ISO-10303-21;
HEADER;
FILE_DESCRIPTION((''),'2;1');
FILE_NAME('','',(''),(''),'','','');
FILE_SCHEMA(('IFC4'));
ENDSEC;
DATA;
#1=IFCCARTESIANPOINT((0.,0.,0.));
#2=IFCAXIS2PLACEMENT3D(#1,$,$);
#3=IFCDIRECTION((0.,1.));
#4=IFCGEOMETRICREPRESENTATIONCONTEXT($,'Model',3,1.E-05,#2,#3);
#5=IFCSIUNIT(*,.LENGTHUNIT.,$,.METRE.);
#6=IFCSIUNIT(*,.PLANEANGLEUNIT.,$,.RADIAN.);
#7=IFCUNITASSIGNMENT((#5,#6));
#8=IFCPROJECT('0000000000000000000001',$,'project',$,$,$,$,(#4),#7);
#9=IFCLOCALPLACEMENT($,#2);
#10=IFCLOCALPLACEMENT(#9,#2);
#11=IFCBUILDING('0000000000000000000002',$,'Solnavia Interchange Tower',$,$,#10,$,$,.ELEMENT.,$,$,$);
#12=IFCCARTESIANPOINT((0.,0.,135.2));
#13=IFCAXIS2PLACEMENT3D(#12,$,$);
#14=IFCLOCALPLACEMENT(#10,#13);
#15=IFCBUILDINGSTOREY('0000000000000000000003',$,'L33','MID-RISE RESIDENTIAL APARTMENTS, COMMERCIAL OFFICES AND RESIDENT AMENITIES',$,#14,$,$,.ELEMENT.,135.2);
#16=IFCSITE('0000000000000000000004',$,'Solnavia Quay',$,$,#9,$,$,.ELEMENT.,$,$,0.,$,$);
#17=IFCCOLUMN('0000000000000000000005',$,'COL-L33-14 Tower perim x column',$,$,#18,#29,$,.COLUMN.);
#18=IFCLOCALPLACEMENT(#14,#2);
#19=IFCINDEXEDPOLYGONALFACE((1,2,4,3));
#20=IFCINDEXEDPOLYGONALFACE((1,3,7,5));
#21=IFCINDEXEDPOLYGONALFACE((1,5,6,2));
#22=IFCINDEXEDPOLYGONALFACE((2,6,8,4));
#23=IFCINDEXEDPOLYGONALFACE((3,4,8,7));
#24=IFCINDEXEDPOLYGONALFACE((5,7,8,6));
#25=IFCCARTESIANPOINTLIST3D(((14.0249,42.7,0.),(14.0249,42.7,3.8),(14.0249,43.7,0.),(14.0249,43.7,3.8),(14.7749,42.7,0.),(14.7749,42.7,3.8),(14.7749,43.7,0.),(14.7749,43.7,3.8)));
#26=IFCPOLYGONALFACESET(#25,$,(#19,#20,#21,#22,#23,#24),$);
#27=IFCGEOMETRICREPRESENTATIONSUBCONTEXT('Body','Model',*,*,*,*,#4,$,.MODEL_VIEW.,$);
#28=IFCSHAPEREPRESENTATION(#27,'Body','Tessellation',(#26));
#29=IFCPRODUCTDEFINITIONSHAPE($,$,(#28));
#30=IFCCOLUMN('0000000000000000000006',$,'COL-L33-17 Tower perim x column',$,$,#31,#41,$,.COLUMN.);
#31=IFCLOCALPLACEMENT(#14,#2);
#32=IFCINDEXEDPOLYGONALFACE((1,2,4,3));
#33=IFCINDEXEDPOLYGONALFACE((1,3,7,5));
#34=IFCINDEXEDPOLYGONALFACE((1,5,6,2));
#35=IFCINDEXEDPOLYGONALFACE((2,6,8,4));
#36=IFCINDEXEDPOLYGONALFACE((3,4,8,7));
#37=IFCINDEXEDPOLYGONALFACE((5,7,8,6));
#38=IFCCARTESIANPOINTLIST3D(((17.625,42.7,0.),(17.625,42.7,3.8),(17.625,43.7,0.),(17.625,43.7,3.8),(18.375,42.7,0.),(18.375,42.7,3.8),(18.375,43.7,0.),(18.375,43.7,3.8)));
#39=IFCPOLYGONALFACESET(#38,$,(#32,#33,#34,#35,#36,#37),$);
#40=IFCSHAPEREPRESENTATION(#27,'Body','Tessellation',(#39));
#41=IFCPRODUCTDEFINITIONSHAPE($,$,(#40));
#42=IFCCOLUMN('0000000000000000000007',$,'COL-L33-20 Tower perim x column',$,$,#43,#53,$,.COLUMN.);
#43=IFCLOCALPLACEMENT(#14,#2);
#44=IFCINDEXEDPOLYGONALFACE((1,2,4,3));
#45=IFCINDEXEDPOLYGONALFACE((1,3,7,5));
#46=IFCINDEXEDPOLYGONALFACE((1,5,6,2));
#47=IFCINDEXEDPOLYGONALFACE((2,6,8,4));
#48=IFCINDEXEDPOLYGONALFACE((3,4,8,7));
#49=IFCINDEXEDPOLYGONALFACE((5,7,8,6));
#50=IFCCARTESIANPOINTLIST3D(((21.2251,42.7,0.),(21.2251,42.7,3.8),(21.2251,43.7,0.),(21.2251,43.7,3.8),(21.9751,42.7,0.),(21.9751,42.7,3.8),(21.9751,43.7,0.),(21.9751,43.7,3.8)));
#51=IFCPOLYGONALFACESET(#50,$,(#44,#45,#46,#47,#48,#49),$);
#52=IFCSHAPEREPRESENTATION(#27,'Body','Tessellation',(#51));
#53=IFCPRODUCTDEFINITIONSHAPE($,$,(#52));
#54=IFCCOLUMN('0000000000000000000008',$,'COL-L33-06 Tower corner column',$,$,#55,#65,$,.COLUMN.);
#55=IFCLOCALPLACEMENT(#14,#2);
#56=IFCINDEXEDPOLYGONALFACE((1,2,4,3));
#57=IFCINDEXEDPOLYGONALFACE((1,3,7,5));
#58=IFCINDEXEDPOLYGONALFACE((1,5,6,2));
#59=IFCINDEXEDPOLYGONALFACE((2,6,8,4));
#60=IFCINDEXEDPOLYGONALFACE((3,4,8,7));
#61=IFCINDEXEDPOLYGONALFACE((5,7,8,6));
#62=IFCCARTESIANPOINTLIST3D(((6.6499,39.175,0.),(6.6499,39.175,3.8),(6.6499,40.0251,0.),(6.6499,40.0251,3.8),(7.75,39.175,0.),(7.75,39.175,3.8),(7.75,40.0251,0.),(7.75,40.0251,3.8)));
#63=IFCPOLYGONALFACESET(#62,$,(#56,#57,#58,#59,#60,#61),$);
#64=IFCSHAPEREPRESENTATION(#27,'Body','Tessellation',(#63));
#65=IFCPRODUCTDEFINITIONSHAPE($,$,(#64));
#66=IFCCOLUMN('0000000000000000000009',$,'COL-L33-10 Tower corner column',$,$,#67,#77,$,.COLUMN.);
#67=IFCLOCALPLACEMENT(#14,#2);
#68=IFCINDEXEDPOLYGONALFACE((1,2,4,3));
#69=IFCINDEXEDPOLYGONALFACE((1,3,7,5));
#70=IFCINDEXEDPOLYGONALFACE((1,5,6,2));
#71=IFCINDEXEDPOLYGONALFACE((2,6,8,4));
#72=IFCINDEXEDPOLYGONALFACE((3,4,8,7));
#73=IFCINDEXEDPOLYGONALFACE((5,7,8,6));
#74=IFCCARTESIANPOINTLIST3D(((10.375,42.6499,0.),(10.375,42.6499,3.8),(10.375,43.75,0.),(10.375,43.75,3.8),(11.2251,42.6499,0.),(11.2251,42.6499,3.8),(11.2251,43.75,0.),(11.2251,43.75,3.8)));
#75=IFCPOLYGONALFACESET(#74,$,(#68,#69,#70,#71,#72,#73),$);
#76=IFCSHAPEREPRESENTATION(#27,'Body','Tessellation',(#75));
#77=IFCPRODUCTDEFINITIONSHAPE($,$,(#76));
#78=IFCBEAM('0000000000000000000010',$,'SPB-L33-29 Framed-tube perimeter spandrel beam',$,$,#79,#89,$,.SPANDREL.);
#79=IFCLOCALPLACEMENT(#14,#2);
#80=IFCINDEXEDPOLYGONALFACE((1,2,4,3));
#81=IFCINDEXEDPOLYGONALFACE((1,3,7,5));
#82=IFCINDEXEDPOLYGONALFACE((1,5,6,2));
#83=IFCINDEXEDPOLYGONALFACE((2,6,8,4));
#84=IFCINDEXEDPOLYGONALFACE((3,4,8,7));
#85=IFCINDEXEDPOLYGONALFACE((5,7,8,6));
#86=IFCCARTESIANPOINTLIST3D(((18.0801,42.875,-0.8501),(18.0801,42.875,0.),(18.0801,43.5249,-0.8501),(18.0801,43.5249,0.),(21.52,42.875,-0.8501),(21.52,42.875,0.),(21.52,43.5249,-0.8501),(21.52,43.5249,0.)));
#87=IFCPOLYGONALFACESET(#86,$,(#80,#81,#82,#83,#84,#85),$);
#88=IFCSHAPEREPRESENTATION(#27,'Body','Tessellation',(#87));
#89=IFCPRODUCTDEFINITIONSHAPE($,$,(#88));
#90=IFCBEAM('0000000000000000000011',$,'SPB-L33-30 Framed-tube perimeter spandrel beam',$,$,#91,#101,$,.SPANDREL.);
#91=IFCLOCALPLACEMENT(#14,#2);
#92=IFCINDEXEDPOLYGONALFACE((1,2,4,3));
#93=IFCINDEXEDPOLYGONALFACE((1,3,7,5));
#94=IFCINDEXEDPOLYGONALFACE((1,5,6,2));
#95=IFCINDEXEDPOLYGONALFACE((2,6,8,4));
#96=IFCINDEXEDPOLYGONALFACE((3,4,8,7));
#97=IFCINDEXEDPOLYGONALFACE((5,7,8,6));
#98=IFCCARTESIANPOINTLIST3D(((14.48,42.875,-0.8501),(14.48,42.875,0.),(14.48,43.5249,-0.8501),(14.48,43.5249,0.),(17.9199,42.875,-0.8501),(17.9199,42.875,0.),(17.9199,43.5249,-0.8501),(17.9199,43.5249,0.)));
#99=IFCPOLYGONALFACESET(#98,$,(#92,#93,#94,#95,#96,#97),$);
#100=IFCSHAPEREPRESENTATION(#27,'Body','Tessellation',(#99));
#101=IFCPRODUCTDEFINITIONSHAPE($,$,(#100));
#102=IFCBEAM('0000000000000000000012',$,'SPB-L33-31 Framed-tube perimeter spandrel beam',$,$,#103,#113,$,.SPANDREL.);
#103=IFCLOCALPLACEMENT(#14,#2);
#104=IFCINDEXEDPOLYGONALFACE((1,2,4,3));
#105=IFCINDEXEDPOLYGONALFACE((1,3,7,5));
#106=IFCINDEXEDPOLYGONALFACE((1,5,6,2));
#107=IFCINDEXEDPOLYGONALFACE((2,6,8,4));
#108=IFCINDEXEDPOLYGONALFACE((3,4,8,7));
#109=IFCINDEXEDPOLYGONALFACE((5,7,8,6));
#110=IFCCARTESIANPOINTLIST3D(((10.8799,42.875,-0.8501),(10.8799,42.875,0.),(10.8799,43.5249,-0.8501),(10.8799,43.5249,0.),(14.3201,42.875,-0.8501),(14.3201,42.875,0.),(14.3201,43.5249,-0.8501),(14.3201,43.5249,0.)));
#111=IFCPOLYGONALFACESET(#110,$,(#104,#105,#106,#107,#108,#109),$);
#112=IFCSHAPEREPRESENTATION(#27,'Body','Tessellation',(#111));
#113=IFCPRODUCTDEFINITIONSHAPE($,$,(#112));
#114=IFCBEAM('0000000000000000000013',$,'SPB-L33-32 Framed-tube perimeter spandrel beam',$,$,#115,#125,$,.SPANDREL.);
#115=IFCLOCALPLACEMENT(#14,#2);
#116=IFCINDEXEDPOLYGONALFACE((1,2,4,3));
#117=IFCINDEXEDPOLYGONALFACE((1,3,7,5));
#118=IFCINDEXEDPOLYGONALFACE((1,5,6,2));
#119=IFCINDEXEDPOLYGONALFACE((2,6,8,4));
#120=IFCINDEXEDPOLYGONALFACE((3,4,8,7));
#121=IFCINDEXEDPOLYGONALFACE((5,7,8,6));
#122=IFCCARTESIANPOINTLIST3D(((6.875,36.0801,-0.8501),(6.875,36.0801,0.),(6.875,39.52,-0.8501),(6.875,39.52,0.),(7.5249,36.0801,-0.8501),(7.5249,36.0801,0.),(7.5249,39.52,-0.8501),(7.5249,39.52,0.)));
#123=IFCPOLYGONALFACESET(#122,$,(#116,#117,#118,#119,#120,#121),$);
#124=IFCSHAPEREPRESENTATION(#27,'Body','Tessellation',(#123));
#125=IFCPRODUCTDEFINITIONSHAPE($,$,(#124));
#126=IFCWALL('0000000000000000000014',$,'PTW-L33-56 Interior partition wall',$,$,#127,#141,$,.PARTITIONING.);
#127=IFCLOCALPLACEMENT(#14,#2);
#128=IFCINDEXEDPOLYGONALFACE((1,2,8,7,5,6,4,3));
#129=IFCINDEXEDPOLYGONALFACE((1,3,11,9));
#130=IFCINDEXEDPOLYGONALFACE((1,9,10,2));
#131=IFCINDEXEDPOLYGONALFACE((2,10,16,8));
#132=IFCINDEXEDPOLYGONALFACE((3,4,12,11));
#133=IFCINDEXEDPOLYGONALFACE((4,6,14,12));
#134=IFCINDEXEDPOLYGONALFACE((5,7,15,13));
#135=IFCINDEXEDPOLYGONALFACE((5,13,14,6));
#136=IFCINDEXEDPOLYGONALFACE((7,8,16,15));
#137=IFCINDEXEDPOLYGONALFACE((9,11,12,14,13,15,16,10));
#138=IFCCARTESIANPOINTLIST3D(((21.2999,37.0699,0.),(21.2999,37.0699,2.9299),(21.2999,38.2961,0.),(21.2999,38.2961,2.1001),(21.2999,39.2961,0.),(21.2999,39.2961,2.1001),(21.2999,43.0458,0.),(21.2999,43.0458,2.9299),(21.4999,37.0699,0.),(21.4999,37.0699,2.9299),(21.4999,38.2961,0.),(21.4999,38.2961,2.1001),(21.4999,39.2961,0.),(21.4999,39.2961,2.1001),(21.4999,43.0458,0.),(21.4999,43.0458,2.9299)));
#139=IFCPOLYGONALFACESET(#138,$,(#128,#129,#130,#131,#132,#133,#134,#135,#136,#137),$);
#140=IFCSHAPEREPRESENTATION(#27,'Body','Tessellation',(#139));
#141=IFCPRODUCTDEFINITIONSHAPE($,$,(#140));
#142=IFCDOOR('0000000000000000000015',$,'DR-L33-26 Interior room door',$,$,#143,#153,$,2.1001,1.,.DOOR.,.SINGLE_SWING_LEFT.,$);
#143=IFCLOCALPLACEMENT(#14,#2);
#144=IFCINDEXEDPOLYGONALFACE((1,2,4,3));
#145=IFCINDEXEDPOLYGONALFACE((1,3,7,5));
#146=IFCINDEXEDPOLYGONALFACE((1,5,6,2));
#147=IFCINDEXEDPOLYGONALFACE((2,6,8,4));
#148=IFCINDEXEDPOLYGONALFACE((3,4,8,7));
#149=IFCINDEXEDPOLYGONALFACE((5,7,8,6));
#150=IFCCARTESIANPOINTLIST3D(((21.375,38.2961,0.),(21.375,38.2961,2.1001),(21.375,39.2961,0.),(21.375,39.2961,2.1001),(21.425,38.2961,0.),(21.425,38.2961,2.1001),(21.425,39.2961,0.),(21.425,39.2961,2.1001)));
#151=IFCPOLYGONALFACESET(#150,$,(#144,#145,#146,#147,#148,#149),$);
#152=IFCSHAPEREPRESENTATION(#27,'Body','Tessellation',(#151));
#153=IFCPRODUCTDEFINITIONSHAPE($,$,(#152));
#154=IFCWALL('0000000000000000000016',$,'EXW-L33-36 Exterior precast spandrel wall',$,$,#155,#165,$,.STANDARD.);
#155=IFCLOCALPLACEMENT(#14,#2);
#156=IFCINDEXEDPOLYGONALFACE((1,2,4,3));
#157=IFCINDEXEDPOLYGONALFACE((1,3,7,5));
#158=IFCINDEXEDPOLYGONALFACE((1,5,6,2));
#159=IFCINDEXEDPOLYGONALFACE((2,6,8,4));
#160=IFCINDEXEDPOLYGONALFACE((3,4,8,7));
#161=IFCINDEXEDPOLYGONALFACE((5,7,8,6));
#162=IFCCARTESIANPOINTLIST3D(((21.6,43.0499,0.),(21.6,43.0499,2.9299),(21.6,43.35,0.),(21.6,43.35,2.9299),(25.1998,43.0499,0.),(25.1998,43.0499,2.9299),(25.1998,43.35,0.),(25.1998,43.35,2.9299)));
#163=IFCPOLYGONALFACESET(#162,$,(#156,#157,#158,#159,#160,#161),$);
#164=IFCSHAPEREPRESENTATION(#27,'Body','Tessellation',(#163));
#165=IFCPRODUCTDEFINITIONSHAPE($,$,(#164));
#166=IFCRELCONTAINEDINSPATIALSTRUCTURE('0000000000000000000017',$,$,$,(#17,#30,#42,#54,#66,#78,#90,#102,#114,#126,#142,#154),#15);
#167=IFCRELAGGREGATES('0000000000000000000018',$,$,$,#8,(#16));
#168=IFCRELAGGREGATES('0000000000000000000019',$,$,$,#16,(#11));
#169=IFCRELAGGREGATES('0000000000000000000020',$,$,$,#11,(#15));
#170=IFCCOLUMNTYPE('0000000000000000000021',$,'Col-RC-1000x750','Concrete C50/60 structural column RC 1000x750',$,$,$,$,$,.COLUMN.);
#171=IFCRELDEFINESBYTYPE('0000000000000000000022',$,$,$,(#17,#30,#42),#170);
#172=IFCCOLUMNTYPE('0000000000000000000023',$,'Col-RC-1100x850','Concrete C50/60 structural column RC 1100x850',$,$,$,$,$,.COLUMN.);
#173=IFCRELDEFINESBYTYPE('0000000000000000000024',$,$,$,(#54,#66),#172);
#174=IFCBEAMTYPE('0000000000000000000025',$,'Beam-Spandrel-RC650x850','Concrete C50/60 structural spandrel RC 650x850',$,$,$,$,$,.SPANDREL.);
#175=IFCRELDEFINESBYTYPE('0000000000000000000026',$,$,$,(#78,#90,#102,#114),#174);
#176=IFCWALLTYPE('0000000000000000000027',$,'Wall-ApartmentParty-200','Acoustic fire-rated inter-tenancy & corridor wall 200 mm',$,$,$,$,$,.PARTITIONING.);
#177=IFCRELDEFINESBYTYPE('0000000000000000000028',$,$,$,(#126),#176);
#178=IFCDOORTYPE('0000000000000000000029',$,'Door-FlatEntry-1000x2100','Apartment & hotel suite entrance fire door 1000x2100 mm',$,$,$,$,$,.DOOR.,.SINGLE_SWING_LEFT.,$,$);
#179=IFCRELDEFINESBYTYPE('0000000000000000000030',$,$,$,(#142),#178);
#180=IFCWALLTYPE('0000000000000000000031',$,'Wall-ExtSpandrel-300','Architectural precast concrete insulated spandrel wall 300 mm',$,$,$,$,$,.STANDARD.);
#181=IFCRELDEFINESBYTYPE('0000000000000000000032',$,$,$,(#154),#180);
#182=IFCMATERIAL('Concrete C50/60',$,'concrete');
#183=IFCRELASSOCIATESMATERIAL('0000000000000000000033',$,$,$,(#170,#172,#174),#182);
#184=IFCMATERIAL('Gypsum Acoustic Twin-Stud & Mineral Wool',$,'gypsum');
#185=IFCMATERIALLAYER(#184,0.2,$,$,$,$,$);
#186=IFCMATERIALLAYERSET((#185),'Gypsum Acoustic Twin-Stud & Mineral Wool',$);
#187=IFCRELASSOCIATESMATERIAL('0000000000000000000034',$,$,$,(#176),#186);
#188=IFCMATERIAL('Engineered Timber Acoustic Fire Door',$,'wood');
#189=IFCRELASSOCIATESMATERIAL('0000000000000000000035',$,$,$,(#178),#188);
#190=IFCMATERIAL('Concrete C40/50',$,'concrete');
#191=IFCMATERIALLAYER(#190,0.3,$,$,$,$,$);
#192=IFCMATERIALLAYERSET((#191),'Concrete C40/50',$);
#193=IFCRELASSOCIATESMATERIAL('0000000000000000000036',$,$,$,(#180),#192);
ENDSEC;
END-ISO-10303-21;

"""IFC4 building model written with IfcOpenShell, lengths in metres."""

from ifc_helpers import new_model, si_unit, direction, frame, frame_2d, origin, origin_2d, place, context, subcontext, project, spatial, rectangle, extrude, material, layer, layer_set, material_profile, profile_set, type_object, element, fill, save


model = new_model("IFC4")

# Units and contexts
model_context = context("Model", 3, precision=1e-05, world=origin(), true_north=direction((0.0, 1.0)))
body_context = subcontext(model_context, "Body", "Model", "MODEL_VIEW")
ifc_project = project(units=[si_unit("LENGTHUNIT", "METRE"), si_unit("PLANEANGLEUNIT", "RADIAN")], contexts=[model_context])

# Site, building, storey
site_placement = place(None, origin())
site = spatial("IfcSite", under=ifc_project, at=site_placement, Name="Solnavia Quay", CompositionType="ELEMENT", RefElevation=0.0)
building_placement = place(site_placement, origin())
building = spatial("IfcBuilding", under=site, at=building_placement, Name="Solnavia Interchange Tower", CompositionType="ELEMENT")
storey_placement = place(building_placement, frame((0.0, 0.0, 135.2)))
storey = spatial("IfcBuildingStorey", under=building, at=storey_placement, Name="L33", Description="MID-RISE RESIDENTIAL APARTMENTS, COMMERCIAL OFFICES AND RESIDENT AMENITIES", CompositionType="ELEMENT", Elevation=135.2)

# Columns
ifc_material_1 = material(Name="Concrete C50/60", Category="concrete")
ifc_material_profile_1 = material_profile(ifc_material_1, rectangle(XDim=0.75, YDim=1.0, at=origin_2d()), Name="RC 1000x750")
ifc_profile_set_1 = profile_set([ifc_material_profile_1], Name="Concrete C50/60")
column_type_1 = type_object("IfcColumnType", Name="Col-RC-1000x750", Description="Concrete C50/60 structural column RC 1000x750", PredefinedType="COLUMN", material=ifc_profile_set_1)
for number, where, z_axis, x_axis, name in (
    (1, (14.3999, 43.2, 0.0), (0.0, 0.0, 1.0), (1.0, 0.0, 0.0), "COL-L33-14 Tower perim x column"),
    (2, (18.0, 43.2, 0.0), (0.0, 0.0, 1.0), (1.0, 0.0, 0.0), "COL-L33-17 Tower perim x column"),
    (3, (21.6001, 43.2, 0.0), (0.0, 0.0, 1.0), (1.0, 0.0, 0.0), "COL-L33-20 Tower perim x column"),
):
    element("IfcColumn", number, at=place(storey_placement, frame(where, z_axis=z_axis, x_axis=x_axis)), inside=storey, type_object=column_type_1, Name=name, PredefinedType="COLUMN", context=body_context, shape_type="SweptSolid", body=[
        extrude(rectangle(XDim=0.75, YDim=1.0, at=origin_2d()), origin(), (0.0, 0.0, 1.0), 3.8),
    ])
ifc_material_profile_2 = material_profile(ifc_material_1, rectangle(XDim=0.8501, YDim=1.1001, at=origin_2d()), Name="RC 1100x850")
ifc_profile_set_2 = profile_set([ifc_material_profile_2], Name="Concrete C50/60")
column_type_2 = type_object("IfcColumnType", Name="Col-RC-1100x850", Description="Concrete C50/60 structural column RC 1100x850", PredefinedType="COLUMN", material=ifc_profile_set_2)
for number, where, z_axis, x_axis, name in (
    (4, (7.2, 39.6001, 0.0), (0.0, 0.0, 1.0), (0.0, 1.0, 0.0), "COL-L33-06 Tower corner column"),
    (5, (10.8, 43.2, 0.0), (0.0, 0.0, 1.0), (1.0, 0.0, 0.0), "COL-L33-10 Tower corner column"),
):
    element("IfcColumn", number, at=place(storey_placement, frame(where, z_axis=z_axis, x_axis=x_axis)), inside=storey, type_object=column_type_2, Name=name, PredefinedType="COLUMN", context=body_context, shape_type="SweptSolid", body=[
        extrude(rectangle(XDim=0.8501, YDim=1.1001, at=origin_2d()), origin(), (0.0, 0.0, 1.0), 3.8),
    ])

# Beams
ifc_material_profile_3 = material_profile(ifc_material_1, rectangle(XDim=0.6499, YDim=0.8501, at=origin_2d()), Name="RC 650x850")
ifc_profile_set_3 = profile_set([ifc_material_profile_3], Name="Concrete C50/60")
beam_type = type_object("IfcBeamType", Name="Beam-Spandrel-RC650x850", Description="Concrete C50/60 structural spandrel RC 650x850", PredefinedType="SPANDREL", material=ifc_profile_set_3)
for number, where, z_axis, x_axis, name in (
    (6, (21.52, 43.2, -0.425), (-1.0, 0.0, 0.0), (0.0, -1.0, 0.0), "SPB-L33-29 Framed-tube perimeter spandrel beam"),
    (7, (17.9199, 43.2, -0.425), (-1.0, 0.0, 0.0), (0.0, -1.0, 0.0), "SPB-L33-30 Framed-tube perimeter spandrel beam"),
):
    element("IfcBeam", number, at=place(storey_placement, frame(where, z_axis=z_axis, x_axis=x_axis)), inside=storey, type_object=beam_type, Name=name, PredefinedType="SPANDREL", context=body_context, shape_type="SweptSolid", body=[
        extrude(rectangle(XDim=0.6499, YDim=0.8501, at=origin_2d()), origin(), (0.0, 0.0, 1.0), 3.4399),
    ])
beam_1_placement = place(storey_placement, frame((14.3201, 43.2, -0.425), z_axis=(-1.0, 0.0, 0.0), x_axis=(0.0, -1.0, 0.0)))
element("IfcBeam", 8, at=beam_1_placement, inside=storey, type_object=beam_type, Name="SPB-L33-31 Framed-tube perimeter spandrel beam", PredefinedType="SPANDREL", context=body_context, shape_type="SweptSolid", body=[
    extrude(rectangle(XDim=0.6499, YDim=0.8501, at=origin_2d()), origin(), (0.0, 0.0, 1.0), 3.4402),
])
beam_2_placement = place(storey_placement, frame((7.2, 39.52, -0.425), z_axis=(0.0, -1.0, 0.0), x_axis=(1.0, 0.0, 0.0)))
element("IfcBeam", 9, at=beam_2_placement, inside=storey, type_object=beam_type, Name="SPB-L33-32 Framed-tube perimeter spandrel beam", PredefinedType="SPANDREL", context=body_context, shape_type="SweptSolid", body=[
    extrude(rectangle(XDim=0.6499, YDim=0.8501, at=origin_2d()), origin(), (0.0, 0.0, 1.0), 3.4399),
])

# Wall, opening, door
ifc_material_2 = material(Name="Gypsum Acoustic Twin-Stud & Mineral Wool", Category="gypsum")
ifc_layer_1 = layer(ifc_material_2, 0.2)
ifc_layer_set_1 = layer_set([ifc_layer_1], Name="Gypsum Acoustic Twin-Stud & Mineral Wool")
wall_type_1 = type_object("IfcWallType", Name="Wall-ApartmentParty-200", Description="Acoustic fire-rated inter-tenancy & corridor wall 200 mm", PredefinedType="PARTITIONING", material=ifc_layer_set_1)
wall_1_placement = place(storey_placement, frame((21.3999, 37.0701, 0.0), z_axis=(0.0, 0.0, 1.0), x_axis=(0.0, 1.0, 0.0)))
wall_1 = element("IfcWall", 10, at=wall_1_placement, inside=storey, type_object=wall_type_1, Name="PTW-L33-56 Interior partition wall", PredefinedType="PARTITIONING", context=body_context, shape_type="SweptSolid", body=[
    extrude(rectangle(XDim=5.9758, YDim=0.2, at=frame_2d((2.9878, 0.0))), origin(), (0.0, 0.0, 1.0), 2.9299),
])
opening_1_placement = place(wall_1_placement, frame((1.2261, 0.0, 0.0)))
opening_1 = element("IfcOpeningElement", 11, at=opening_1_placement, cuts=wall_1, PredefinedType="OPENING", context=body_context, shape_type="SweptSolid", body=[
    extrude(rectangle(XDim=1.0, YDim=2.1001, at=frame_2d((0.5, 1.05))), frame((0.0, 0.1099, 0.0), z_axis=(0.0, -1.0, 0.0), x_axis=(1.0, 0.0, 0.0)), (0.0, 0.0, 1.0), 0.22),
])
ifc_material_3 = material(Name="Engineered Timber Acoustic Fire Door", Category="wood")
door_type_1 = type_object("IfcDoorType", Name="Door-FlatEntry-1000x2100", Description="Apartment & hotel suite entrance fire door 1000x2100 mm", OperationType="SINGLE_SWING_LEFT", PredefinedType="DOOR", material=ifc_material_3)
door_1_placement = place(opening_1_placement, origin())
door_1 = element("IfcDoor", 12, at=door_1_placement, inside=storey, type_object=door_type_1, Name="DR-L33-26 Interior room door", OperationType="SINGLE_SWING_LEFT", OverallHeight=2.1001, OverallWidth=1.0, PredefinedType="DOOR", context=body_context, shape_type="SweptSolid", body=[
    extrude(rectangle(XDim=1.0, YDim=2.1001, at=frame_2d((0.5, 1.05))), frame((0.0, 0.0249, 0.0), z_axis=(0.0, -1.0, 0.0), x_axis=(1.0, 0.0, 0.0)), (0.0, 0.0, 1.0), 0.05),
])
fill(opening_1, door_1)

# Wall
ifc_material_4 = material(Name="Concrete C40/50", Category="concrete")
ifc_layer_2 = layer(ifc_material_4, 0.3)
ifc_layer_set_2 = layer_set([ifc_layer_2], Name="Concrete C40/50")
wall_type_2 = type_object("IfcWallType", Name="Wall-ExtSpandrel-300", Description="Architectural precast concrete insulated spandrel wall 300 mm", PredefinedType="STANDARD", material=ifc_layer_set_2)
wall_2_placement = place(storey_placement, frame((21.6001, 43.2, 0.0), z_axis=(0.0, 0.0, 1.0), x_axis=(1.0, 0.0, 0.0)))
element("IfcWall", 13, at=wall_2_placement, inside=storey, type_object=wall_type_2, Name="EXW-L33-36 Exterior precast spandrel wall", PredefinedType="STANDARD", context=body_context, shape_type="SweptSolid", body=[
    extrude(rectangle(XDim=3.5999, YDim=0.3, at=frame_2d((1.7998, 0.0))), origin(), (0.0, 0.0, 1.0), 2.9299),
])

save(model, "model.ifc")
